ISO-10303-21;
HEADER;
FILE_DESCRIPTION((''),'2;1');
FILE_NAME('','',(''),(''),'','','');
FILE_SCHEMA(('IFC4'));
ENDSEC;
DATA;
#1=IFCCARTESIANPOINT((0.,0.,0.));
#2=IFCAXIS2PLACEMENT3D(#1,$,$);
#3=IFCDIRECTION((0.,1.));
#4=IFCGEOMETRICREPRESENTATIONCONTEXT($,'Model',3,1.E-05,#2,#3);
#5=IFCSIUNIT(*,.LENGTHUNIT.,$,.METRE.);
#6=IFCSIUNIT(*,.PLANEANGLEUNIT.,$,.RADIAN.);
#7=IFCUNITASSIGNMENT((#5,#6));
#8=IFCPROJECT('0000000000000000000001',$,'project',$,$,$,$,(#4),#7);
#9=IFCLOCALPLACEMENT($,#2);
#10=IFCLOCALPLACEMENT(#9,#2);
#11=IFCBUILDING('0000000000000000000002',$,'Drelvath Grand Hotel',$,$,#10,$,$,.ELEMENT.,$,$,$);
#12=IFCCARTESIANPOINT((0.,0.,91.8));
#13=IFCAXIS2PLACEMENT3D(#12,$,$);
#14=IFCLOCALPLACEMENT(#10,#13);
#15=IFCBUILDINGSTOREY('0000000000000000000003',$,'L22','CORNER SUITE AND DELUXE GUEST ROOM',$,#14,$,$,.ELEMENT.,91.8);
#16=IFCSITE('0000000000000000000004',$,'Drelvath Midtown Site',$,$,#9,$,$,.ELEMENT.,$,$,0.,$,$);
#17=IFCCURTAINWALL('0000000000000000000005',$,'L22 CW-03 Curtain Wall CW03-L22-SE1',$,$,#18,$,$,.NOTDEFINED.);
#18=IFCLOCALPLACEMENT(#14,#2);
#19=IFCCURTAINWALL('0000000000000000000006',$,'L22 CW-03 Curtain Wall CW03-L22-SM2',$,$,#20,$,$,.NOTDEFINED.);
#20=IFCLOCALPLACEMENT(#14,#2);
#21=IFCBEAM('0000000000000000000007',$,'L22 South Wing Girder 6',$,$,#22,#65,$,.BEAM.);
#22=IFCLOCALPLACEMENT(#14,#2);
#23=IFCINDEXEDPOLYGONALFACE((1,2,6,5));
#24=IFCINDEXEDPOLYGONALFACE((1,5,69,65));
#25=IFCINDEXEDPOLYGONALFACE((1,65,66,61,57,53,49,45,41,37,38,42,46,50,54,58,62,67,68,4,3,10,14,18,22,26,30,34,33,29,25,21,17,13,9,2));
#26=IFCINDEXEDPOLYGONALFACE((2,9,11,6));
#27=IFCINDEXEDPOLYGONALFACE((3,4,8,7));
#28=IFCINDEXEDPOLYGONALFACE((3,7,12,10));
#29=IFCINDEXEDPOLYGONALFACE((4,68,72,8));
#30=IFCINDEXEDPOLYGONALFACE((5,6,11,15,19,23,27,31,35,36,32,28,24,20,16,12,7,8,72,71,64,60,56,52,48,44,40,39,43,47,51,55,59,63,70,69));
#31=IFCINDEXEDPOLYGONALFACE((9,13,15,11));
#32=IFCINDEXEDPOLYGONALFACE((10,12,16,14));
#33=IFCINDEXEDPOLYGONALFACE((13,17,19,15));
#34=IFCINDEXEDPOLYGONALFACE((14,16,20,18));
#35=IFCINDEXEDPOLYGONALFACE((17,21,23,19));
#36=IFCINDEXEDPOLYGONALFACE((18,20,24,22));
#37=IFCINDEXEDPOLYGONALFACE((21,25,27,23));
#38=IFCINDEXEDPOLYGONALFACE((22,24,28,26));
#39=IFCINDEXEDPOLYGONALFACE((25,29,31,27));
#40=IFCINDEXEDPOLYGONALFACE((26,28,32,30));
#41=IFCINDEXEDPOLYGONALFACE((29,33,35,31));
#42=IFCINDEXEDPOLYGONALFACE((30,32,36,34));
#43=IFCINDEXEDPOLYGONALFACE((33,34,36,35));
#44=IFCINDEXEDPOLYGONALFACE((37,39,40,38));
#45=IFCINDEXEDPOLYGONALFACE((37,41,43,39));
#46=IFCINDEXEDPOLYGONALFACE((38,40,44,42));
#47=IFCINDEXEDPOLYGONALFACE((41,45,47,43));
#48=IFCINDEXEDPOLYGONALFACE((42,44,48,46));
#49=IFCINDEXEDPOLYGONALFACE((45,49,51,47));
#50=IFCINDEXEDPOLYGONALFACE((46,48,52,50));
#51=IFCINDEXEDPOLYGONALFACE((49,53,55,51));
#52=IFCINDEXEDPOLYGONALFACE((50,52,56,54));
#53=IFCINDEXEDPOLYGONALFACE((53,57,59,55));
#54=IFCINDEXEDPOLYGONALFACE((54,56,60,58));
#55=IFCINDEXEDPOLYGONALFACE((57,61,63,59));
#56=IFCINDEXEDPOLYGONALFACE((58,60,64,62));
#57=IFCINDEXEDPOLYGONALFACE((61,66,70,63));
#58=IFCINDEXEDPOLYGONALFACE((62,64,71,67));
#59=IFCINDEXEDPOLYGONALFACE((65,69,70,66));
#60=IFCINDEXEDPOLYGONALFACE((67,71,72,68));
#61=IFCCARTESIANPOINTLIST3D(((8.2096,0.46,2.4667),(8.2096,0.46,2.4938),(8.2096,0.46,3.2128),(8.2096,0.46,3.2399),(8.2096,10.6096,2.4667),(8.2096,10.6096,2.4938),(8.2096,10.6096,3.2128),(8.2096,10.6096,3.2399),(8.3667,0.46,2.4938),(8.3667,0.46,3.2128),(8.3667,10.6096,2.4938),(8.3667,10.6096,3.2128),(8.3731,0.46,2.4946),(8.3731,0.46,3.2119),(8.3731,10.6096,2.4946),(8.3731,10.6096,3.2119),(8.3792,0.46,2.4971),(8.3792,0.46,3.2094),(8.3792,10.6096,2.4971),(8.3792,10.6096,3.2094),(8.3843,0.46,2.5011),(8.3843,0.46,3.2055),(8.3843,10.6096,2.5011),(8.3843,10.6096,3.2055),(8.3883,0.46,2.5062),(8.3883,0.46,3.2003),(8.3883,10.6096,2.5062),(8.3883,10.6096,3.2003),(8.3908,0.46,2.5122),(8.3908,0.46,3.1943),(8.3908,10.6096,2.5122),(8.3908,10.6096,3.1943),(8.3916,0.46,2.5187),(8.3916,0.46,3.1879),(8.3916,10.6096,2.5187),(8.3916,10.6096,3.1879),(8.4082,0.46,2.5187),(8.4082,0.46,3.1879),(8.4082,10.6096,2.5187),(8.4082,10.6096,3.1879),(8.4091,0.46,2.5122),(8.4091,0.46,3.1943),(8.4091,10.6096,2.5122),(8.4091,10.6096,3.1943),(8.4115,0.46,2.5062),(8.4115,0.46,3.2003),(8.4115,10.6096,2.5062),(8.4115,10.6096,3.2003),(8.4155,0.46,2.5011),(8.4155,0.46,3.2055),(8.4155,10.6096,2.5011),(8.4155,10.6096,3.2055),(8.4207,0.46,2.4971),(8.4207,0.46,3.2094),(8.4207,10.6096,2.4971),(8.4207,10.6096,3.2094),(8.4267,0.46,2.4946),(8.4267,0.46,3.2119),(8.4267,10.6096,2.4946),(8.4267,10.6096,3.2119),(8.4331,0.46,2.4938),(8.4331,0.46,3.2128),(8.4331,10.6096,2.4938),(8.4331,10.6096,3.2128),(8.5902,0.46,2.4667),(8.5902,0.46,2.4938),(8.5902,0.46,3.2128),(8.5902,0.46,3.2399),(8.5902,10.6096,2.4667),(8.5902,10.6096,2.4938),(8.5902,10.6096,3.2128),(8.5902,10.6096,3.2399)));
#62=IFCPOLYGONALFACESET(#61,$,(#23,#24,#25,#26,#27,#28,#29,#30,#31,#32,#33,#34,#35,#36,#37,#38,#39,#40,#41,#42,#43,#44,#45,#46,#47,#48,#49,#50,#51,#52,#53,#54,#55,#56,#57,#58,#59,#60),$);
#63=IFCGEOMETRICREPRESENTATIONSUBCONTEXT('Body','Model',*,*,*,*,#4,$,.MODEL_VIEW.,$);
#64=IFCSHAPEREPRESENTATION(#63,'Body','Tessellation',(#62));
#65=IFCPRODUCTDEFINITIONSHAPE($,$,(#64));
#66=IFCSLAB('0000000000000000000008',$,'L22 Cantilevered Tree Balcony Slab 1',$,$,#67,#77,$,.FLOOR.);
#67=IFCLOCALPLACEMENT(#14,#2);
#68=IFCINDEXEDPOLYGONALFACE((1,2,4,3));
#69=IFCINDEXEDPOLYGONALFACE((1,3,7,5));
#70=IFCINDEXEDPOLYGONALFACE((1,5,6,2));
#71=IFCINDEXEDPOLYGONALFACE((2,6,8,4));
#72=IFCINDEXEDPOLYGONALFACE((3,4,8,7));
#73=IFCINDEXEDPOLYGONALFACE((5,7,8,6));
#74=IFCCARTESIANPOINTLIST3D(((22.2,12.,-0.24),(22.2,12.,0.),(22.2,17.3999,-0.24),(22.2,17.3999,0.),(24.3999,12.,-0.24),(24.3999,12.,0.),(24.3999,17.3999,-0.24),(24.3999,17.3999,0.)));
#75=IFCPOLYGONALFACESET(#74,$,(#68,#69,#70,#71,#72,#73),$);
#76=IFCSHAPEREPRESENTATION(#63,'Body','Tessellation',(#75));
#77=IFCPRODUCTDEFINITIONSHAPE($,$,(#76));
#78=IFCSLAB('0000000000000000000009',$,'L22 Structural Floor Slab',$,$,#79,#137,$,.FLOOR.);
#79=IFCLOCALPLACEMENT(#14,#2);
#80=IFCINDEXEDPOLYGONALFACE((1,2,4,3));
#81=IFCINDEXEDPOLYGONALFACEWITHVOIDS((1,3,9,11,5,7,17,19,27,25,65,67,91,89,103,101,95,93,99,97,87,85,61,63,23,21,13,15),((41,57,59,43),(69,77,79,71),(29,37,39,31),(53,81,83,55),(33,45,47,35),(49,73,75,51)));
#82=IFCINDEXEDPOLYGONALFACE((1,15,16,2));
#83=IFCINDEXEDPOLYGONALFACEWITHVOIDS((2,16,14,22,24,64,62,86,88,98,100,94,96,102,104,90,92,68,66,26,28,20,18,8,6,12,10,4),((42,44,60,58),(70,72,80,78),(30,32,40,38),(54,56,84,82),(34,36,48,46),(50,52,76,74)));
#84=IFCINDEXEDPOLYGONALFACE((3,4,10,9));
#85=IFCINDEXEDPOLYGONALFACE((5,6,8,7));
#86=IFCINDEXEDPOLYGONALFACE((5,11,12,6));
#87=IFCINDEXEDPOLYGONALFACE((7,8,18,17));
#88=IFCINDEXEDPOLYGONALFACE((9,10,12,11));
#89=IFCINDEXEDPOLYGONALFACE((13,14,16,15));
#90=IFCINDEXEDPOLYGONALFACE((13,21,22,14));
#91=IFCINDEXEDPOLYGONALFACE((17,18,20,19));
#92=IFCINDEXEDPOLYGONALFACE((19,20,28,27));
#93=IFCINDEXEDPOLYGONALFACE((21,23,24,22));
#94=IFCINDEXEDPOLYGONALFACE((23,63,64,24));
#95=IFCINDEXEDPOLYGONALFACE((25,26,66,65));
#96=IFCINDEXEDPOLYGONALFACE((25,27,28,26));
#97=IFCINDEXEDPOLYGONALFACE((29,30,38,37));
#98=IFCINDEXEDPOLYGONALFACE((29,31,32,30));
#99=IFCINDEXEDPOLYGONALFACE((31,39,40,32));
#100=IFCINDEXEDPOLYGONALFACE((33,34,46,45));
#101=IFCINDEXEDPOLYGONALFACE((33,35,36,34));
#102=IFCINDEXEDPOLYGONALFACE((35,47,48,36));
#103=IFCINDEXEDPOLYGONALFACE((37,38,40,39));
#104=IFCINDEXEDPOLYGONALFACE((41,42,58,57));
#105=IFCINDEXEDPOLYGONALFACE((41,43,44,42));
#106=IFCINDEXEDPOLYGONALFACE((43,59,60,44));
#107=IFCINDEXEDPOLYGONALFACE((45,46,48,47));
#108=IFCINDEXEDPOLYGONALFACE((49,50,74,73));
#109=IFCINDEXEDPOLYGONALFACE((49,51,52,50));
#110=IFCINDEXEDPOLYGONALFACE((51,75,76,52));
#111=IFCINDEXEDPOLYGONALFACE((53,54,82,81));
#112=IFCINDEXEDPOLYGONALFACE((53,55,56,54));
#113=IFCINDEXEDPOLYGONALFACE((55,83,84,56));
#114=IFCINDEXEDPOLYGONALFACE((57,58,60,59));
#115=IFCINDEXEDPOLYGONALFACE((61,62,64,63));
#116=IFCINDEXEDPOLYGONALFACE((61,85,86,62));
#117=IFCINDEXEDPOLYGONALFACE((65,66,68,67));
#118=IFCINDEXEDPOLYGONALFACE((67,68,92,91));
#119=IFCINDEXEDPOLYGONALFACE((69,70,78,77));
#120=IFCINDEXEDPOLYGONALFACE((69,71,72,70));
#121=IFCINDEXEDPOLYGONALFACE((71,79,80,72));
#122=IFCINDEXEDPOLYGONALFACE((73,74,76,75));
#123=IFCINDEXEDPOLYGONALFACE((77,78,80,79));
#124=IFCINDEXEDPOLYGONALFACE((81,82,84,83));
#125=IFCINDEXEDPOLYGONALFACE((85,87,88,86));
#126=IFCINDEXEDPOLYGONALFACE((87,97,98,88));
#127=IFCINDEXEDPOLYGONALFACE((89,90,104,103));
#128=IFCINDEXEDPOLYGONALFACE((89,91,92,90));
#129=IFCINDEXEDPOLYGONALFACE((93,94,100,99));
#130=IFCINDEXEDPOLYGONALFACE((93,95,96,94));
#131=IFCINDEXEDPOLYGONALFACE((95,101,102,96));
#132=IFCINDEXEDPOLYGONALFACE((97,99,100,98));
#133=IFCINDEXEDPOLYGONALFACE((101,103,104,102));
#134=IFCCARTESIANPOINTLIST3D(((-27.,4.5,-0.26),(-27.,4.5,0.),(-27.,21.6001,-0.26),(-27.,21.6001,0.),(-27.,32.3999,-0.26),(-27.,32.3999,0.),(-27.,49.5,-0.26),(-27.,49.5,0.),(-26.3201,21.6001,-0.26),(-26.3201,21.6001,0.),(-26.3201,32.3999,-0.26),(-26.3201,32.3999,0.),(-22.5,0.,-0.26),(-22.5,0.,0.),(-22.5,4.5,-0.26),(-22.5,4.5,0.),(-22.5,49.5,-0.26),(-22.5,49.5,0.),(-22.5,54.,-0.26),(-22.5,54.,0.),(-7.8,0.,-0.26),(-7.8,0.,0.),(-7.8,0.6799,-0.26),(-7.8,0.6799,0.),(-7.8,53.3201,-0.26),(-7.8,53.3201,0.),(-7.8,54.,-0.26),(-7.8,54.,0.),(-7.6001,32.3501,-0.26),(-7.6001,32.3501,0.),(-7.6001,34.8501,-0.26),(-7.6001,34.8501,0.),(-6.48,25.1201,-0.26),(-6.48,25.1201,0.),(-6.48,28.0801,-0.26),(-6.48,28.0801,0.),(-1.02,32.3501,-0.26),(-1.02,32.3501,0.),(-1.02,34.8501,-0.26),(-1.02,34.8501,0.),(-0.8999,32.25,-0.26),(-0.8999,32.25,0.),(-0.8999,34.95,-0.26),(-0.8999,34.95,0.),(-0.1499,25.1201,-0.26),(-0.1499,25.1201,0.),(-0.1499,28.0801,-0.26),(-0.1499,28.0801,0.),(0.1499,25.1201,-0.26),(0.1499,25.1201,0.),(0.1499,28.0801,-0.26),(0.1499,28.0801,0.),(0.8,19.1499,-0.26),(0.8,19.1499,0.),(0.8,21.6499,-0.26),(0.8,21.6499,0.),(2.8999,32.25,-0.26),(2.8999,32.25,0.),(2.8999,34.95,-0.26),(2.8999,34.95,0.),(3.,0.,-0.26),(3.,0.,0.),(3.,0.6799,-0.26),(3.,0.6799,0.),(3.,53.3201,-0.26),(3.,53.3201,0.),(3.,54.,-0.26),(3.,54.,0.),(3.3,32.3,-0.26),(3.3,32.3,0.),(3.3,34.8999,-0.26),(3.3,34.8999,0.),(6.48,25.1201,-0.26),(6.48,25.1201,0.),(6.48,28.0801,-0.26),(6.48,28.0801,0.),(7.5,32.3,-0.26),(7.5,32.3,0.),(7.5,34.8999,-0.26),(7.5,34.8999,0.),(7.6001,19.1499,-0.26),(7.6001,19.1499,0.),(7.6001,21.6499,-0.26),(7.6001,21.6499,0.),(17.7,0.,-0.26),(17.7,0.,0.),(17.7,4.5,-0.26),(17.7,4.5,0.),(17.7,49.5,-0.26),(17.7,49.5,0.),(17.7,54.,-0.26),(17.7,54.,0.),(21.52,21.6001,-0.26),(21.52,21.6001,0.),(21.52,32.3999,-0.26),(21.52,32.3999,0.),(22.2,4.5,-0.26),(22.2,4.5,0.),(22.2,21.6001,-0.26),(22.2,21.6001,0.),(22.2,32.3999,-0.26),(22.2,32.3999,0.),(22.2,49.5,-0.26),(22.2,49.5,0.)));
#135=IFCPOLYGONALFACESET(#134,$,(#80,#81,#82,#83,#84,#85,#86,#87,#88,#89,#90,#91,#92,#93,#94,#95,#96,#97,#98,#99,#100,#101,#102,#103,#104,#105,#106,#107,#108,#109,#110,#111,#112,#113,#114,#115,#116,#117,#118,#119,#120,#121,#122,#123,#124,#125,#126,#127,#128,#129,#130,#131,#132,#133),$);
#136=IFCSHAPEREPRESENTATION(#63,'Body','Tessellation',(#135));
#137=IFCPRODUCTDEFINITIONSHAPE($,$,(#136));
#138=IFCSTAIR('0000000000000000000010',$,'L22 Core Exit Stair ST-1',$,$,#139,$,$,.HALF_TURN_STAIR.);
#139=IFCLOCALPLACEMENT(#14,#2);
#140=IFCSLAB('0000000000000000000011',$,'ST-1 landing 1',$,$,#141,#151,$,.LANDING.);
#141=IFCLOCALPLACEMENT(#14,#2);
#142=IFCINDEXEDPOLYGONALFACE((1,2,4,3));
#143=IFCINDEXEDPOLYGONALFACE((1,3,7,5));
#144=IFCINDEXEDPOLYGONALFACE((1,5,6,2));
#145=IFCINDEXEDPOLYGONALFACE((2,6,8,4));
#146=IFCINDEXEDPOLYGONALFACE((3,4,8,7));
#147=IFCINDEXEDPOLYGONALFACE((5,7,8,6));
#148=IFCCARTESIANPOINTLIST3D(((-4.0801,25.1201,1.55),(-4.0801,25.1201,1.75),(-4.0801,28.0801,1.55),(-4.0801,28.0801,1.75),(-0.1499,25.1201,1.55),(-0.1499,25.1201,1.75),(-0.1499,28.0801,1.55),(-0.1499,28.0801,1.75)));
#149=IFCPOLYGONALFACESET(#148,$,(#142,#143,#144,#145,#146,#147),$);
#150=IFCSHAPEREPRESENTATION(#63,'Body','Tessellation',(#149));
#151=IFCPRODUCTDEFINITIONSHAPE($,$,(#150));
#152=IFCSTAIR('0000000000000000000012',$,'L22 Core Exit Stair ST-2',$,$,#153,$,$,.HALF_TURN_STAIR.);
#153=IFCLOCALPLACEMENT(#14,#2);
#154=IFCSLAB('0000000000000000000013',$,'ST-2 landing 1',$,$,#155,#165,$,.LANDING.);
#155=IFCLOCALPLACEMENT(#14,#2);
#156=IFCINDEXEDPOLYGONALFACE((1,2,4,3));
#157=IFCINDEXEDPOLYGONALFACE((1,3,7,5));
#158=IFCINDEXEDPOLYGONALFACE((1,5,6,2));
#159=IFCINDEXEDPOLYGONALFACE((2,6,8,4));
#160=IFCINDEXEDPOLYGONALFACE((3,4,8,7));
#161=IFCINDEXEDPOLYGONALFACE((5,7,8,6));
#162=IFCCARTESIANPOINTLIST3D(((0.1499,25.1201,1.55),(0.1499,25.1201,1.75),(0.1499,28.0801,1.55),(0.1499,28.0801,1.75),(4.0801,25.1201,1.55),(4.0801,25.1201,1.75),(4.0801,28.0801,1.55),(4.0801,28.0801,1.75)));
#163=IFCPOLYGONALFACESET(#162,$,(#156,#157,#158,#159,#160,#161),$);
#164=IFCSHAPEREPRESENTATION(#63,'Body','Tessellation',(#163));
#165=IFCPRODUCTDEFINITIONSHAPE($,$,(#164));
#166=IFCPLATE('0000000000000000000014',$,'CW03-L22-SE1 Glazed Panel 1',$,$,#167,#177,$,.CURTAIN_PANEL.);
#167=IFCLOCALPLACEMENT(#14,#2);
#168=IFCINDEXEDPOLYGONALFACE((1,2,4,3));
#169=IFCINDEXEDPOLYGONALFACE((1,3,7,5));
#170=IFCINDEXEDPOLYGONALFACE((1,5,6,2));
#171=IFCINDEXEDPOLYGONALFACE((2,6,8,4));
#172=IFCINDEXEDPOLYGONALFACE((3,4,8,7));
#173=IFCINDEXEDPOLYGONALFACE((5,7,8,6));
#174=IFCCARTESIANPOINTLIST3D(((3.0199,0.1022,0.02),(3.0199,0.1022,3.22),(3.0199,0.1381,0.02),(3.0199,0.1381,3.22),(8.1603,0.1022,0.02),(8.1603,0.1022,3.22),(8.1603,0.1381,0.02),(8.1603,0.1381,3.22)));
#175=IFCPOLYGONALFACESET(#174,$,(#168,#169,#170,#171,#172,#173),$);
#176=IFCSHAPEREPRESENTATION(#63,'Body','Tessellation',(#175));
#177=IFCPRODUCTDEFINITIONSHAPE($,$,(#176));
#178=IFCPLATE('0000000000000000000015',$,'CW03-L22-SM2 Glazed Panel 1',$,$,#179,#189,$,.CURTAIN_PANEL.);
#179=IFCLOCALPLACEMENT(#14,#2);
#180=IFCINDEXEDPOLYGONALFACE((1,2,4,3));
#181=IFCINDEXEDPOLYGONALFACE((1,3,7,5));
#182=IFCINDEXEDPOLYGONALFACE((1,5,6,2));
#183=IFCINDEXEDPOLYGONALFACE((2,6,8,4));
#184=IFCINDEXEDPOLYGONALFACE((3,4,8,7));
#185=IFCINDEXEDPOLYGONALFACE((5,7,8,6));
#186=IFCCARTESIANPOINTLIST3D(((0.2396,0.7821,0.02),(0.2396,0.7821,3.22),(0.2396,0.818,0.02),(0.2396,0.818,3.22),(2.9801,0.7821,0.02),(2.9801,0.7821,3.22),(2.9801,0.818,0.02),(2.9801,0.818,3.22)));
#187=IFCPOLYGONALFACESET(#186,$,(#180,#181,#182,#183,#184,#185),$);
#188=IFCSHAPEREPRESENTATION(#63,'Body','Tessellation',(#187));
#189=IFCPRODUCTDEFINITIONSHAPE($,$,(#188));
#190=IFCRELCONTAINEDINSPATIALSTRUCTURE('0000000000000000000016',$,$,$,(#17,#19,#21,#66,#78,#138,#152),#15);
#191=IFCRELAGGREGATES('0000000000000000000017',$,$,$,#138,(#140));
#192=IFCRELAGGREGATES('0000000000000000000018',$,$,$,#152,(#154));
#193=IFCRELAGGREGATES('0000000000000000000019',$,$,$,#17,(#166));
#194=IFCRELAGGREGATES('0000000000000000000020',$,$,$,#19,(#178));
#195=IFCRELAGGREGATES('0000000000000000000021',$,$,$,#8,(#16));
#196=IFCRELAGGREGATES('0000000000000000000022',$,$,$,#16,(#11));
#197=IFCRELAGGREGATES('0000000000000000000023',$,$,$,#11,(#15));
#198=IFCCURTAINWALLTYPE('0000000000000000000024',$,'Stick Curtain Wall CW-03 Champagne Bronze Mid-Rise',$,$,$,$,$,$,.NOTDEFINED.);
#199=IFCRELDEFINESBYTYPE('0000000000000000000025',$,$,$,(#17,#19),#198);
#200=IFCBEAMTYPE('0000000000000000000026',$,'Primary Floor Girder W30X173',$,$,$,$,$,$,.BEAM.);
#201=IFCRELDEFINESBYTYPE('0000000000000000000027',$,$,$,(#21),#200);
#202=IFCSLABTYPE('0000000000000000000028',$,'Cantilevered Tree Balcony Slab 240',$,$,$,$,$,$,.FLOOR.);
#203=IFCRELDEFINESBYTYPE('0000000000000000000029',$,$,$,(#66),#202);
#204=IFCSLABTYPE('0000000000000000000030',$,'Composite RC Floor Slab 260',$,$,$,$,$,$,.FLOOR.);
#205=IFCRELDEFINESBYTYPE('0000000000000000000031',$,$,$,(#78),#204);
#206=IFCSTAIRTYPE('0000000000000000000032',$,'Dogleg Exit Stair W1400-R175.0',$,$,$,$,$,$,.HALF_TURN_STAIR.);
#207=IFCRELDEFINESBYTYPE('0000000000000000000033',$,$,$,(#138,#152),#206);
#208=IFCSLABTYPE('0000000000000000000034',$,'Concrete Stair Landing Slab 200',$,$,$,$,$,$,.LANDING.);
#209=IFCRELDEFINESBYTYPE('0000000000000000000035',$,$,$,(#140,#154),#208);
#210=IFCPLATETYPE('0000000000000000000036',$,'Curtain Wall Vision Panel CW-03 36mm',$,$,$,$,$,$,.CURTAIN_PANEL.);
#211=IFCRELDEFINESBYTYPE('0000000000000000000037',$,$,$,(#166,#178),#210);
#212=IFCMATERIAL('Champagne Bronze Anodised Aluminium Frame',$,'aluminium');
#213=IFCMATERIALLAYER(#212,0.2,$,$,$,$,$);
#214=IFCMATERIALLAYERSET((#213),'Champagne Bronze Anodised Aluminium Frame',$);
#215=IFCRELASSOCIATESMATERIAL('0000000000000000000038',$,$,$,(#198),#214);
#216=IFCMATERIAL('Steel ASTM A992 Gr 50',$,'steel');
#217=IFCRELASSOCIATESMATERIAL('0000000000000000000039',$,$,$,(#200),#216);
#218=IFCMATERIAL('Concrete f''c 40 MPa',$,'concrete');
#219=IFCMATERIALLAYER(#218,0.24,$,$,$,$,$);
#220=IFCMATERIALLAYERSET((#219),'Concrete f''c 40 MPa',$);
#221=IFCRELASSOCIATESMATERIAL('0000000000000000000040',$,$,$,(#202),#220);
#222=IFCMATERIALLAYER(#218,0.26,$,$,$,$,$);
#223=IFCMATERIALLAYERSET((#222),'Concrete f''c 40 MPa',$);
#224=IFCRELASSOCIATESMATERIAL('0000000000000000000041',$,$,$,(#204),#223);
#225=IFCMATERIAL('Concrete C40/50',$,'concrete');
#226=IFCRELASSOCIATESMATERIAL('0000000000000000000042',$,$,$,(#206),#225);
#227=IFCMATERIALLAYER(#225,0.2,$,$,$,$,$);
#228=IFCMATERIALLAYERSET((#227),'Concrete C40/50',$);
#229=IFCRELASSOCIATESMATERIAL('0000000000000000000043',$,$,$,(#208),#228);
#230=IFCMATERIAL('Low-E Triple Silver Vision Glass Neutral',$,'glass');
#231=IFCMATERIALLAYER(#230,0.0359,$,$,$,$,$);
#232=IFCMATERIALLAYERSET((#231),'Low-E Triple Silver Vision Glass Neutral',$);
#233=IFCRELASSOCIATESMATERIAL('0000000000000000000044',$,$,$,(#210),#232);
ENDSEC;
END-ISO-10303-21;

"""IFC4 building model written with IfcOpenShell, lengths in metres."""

from ifc_helpers import new_model, si_unit, direction, frame, origin, origin_2d, place, context, subcontext, project, spatial, polyline, rectangle, i_section, outline, extrude, material, layer, layer_set, material_profile, profile_set, type_object, element, aggregate, save


model = new_model("IFC4")

# Units and contexts
model_context = context("Model", 3, precision=1e-05, world=origin(), true_north=direction((0.0, 1.0)))
body_context = subcontext(model_context, "Body", "Model", "MODEL_VIEW")
ifc_project = project(units=[si_unit("LENGTHUNIT", "METRE"), si_unit("PLANEANGLEUNIT", "RADIAN")], contexts=[model_context])

# Site, building, storey
site_placement = place(None, origin())
site = spatial("IfcSite", under=ifc_project, at=site_placement, Name="Drelvath Midtown Site", CompositionType="ELEMENT", RefElevation=0.0)
building_placement = place(site_placement, origin())
building = spatial("IfcBuilding", under=site, at=building_placement, Name="Drelvath Grand Hotel", CompositionType="ELEMENT")
storey_placement = place(building_placement, frame((0.0, 0.0, 91.8)))
storey = spatial("IfcBuildingStorey", under=building, at=storey_placement, Name="L22", Description="CORNER SUITE AND DELUXE GUEST ROOM", CompositionType="ELEMENT", Elevation=91.8)

# Curtain walls
ifc_material_1 = material(Name="Champagne Bronze Anodised Aluminium Frame", Category="aluminium")
ifc_layer_1 = layer(ifc_material_1, 0.2)
ifc_layer_set_1 = layer_set([ifc_layer_1], Name="Champagne Bronze Anodised Aluminium Frame")
curtain_wall_type = type_object("IfcCurtainWallType", Name="Stick Curtain Wall CW-03 Champagne Bronze Mid-Rise", PredefinedType="NOTDEFINED", material=ifc_layer_set_1)
curtain_wall_1_placement = place(storey_placement, origin())
curtain_wall_1 = element("IfcCurtainWall", 1, at=curtain_wall_1_placement, inside=storey, type_object=curtain_wall_type, Name="L22 CW-03 Curtain Wall CW03-L22-SE1", PredefinedType="NOTDEFINED")
curtain_wall_2_placement = place(storey_placement, origin())
curtain_wall_2 = element("IfcCurtainWall", 2, at=curtain_wall_2_placement, inside=storey, type_object=curtain_wall_type, Name="L22 CW-03 Curtain Wall CW03-L22-SM2", PredefinedType="NOTDEFINED")

# Beam
ifc_material_2 = material(Name="Steel ASTM A992 Gr 50", Category="steel")
ifc_material_profile_1 = material_profile(ifc_material_2, i_section(OverallWidth=0.3806, OverallDepth=0.7732, WebThickness=0.0166, FlangeThickness=0.0271, FilletRadius=0.0249, at=origin_2d()), Name="W30X173")
ifc_profile_set_1 = profile_set([ifc_material_profile_1], Name="Steel ASTM A992 Gr 50")
beam_type_1 = type_object("IfcBeamType", Name="Primary Floor Girder W30X173", PredefinedType="BEAM", material=ifc_profile_set_1)
beam_1_placement = place(storey_placement, frame((8.3999, 0.46, 2.8533), z_axis=(0.0, 1.0, 0.0), x_axis=(-1.0, 0.0, 0.0)))
element("IfcBeam", 3, at=beam_1_placement, inside=storey, type_object=beam_type_1, Name="L22 South Wing Girder 6", PredefinedType="BEAM", context=body_context, shape_type="SweptSolid", body=[
    extrude(i_section(OverallWidth=0.3806, OverallDepth=0.7732, WebThickness=0.0166, FlangeThickness=0.0271, FilletRadius=0.0249, at=origin_2d()), origin(), (0.0, 0.0, 1.0), 10.1497),
])

# Slabs
ifc_material_3 = material(Name="Concrete f'c 40 MPa", Category="concrete")
ifc_layer_2 = layer(ifc_material_3, 0.24)
ifc_layer_set_2 = layer_set([ifc_layer_2], Name="Concrete f'c 40 MPa")
slab_type_1 = type_object("IfcSlabType", Name="Cantilevered Tree Balcony Slab 240", PredefinedType="FLOOR", material=ifc_layer_set_2)
slab_1_placement = place(storey_placement, frame((0.0, 0.0, -0.24)))
element("IfcSlab", 4, at=slab_1_placement, inside=storey, type_object=slab_type_1, Name="L22 Cantilevered Tree Balcony Slab 1", PredefinedType="FLOOR", context=body_context, shape_type="SweptSolid", body=[
    extrude(outline(polyline([(22.2, 12.0), (24.3999, 12.0), (24.3999, 17.3999), (22.2, 17.3999), (22.2, 12.0)])), origin(), (0.0, 0.0, 1.0), 0.24),
])
ifc_layer_3 = layer(ifc_material_3, 0.26)
ifc_layer_set_3 = layer_set([ifc_layer_3], Name="Concrete f'c 40 MPa")
slab_type_2 = type_object("IfcSlabType", Name="Composite RC Floor Slab 260", PredefinedType="FLOOR", material=ifc_layer_set_3)
slab_2_placement = place(storey_placement, frame((0.0, 0.0, -0.26)))
element("IfcSlab", 5, at=slab_2_placement, inside=storey, type_object=slab_type_2, Name="L22 Structural Floor Slab", PredefinedType="FLOOR", context=body_context, shape_type="SweptSolid", body=[
    extrude(outline(polyline([(-22.5, 0.0), (-7.8, 0.0), (-7.8, 0.6799), (3.0, 0.6799), (3.0, 0.0), (17.7, 0.0), (17.7, 4.5), (22.2, 4.5), (22.2, 21.6001), (21.52, 21.6001), (21.52, 32.3999), (22.2, 32.3999), (22.2, 49.5), (17.7, 49.5), (17.7, 54.0), (3.0, 54.0), (3.0, 53.3201), (-7.8, 53.3201), (-7.8, 54.0), (-22.5, 54.0), (-22.5, 49.5), (-27.0, 49.5), (-27.0, 32.3999), (-26.3201, 32.3999), (-26.3201, 21.6001), (-27.0, 21.6001), (-27.0, 4.5), (-22.5, 4.5), (-22.5, 0.0)]), holes=[polyline([(-6.48, 25.1201), (-6.48, 28.0801), (-0.1499, 28.0801), (-0.1499, 25.1201), (-6.48, 25.1201)]), polyline([(0.1499, 25.1201), (0.1499, 28.0801), (6.48, 28.0801), (6.48, 25.1201), (0.1499, 25.1201)]), polyline([(0.8, 19.1499), (0.8, 21.6499), (7.6001, 21.6499), (7.6001, 19.1499), (0.8, 19.1499)]), polyline([(-7.6001, 32.3501), (-7.6001, 34.8501), (-1.02, 34.8501), (-1.02, 32.3501), (-7.6001, 32.3501)]), polyline([(-0.8999, 32.25), (-0.8999, 34.95), (2.8999, 34.95), (2.8999, 32.25), (-0.8999, 32.25)]), polyline([(3.3, 32.3), (3.3, 34.8999), (7.5, 34.8999), (7.5, 32.3), (3.3, 32.3)])]), origin(), (0.0, 0.0, 1.0), 0.26),
])

# Stairs, slabs
ifc_material_4 = material(Name="Concrete C40/50", Category="concrete")
stair_type = type_object("IfcStairType", Name="Dogleg Exit Stair W1400-R175.0", PredefinedType="HALF_TURN_STAIR", material=ifc_material_4)
stair_1_placement = place(storey_placement, origin())
stair_1 = element("IfcStair", 6, at=stair_1_placement, inside=storey, type_object=stair_type, Name="L22 Core Exit Stair ST-1", PredefinedType="HALF_TURN_STAIR")
ifc_layer_4 = layer(ifc_material_4, 0.2)
ifc_layer_set_4 = layer_set([ifc_layer_4], Name="Concrete C40/50")
slab_type_3 = type_object("IfcSlabType", Name="Concrete Stair Landing Slab 200", PredefinedType="LANDING", material=ifc_layer_set_4)
slab_3_placement = place(storey_placement, frame((0.0, 0.0, 1.55)))
slab_3 = element("IfcSlab", 7, at=slab_3_placement, type_object=slab_type_3, Name="ST-1 landing 1", PredefinedType="LANDING", context=body_context, shape_type="SweptSolid", body=[
    extrude(outline(polyline([(-4.0801, 25.1201), (-0.1499, 25.1201), (-0.1499, 28.0801), (-4.0801, 28.0801), (-4.0801, 25.1201)])), origin(), (0.0, 0.0, 1.0), 0.2),
])
aggregate(stair_1, [slab_3])
stair_2_placement = place(storey_placement, origin())
stair_2 = element("IfcStair", 8, at=stair_2_placement, inside=storey, type_object=stair_type, Name="L22 Core Exit Stair ST-2", PredefinedType="HALF_TURN_STAIR")
slab_4_placement = place(storey_placement, frame((0.0, 0.0, 1.55)))
slab_4 = element("IfcSlab", 9, at=slab_4_placement, type_object=slab_type_3, Name="ST-2 landing 1", PredefinedType="LANDING", context=body_context, shape_type="SweptSolid", body=[
    extrude(outline(polyline([(4.0801, 28.0801), (0.1499, 28.0801), (0.1499, 25.1201), (4.0801, 25.1201), (4.0801, 28.0801)])), origin(), (0.0, 0.0, 1.0), 0.2),
])
aggregate(stair_2, [slab_4])

# Plates
ifc_material_5 = material(Name="Low-E Triple Silver Vision Glass Neutral", Category="glass")
ifc_layer_5 = layer(ifc_material_5, 0.0359)
ifc_layer_set_5 = layer_set([ifc_layer_5], Name="Low-E Triple Silver Vision Glass Neutral")
plate_type = type_object("IfcPlateType", Name="Curtain Wall Vision Panel CW-03 36mm", PredefinedType="CURTAIN_PANEL", material=ifc_layer_set_5)
plate_1_placement = place(storey_placement, frame((5.5901, 0.1201, 0.02), z_axis=(0.0, 0.0, 1.0), x_axis=(-1.0, 0.0, 0.0)))
plate_1 = element("IfcPlate", 10, at=plate_1_placement, type_object=plate_type, Name="CW03-L22-SE1 Glazed Panel 1", PredefinedType="CURTAIN_PANEL", context=body_context, shape_type="SweptSolid", body=[
    extrude(rectangle(XDim=5.1404, YDim=0.0359, at=origin_2d()), origin(), (0.0, 0.0, 1.0), 3.2),
])
aggregate(curtain_wall_1, [plate_1])
plate_2_placement = place(storey_placement, frame((1.6099, 0.8, 0.02), z_axis=(0.0, 0.0, 1.0), x_axis=(-1.0, 0.0, 0.0)))
plate_2 = element("IfcPlate", 11, at=plate_2_placement, type_object=plate_type, Name="CW03-L22-SM2 Glazed Panel 1", PredefinedType="CURTAIN_PANEL", context=body_context, shape_type="SweptSolid", body=[
    extrude(rectangle(XDim=2.7405, YDim=0.0359, at=origin_2d()), origin(), (0.0, 0.0, 1.0), 3.2),
])
aggregate(curtain_wall_2, [plate_2])

save(model, "model.ifc")
